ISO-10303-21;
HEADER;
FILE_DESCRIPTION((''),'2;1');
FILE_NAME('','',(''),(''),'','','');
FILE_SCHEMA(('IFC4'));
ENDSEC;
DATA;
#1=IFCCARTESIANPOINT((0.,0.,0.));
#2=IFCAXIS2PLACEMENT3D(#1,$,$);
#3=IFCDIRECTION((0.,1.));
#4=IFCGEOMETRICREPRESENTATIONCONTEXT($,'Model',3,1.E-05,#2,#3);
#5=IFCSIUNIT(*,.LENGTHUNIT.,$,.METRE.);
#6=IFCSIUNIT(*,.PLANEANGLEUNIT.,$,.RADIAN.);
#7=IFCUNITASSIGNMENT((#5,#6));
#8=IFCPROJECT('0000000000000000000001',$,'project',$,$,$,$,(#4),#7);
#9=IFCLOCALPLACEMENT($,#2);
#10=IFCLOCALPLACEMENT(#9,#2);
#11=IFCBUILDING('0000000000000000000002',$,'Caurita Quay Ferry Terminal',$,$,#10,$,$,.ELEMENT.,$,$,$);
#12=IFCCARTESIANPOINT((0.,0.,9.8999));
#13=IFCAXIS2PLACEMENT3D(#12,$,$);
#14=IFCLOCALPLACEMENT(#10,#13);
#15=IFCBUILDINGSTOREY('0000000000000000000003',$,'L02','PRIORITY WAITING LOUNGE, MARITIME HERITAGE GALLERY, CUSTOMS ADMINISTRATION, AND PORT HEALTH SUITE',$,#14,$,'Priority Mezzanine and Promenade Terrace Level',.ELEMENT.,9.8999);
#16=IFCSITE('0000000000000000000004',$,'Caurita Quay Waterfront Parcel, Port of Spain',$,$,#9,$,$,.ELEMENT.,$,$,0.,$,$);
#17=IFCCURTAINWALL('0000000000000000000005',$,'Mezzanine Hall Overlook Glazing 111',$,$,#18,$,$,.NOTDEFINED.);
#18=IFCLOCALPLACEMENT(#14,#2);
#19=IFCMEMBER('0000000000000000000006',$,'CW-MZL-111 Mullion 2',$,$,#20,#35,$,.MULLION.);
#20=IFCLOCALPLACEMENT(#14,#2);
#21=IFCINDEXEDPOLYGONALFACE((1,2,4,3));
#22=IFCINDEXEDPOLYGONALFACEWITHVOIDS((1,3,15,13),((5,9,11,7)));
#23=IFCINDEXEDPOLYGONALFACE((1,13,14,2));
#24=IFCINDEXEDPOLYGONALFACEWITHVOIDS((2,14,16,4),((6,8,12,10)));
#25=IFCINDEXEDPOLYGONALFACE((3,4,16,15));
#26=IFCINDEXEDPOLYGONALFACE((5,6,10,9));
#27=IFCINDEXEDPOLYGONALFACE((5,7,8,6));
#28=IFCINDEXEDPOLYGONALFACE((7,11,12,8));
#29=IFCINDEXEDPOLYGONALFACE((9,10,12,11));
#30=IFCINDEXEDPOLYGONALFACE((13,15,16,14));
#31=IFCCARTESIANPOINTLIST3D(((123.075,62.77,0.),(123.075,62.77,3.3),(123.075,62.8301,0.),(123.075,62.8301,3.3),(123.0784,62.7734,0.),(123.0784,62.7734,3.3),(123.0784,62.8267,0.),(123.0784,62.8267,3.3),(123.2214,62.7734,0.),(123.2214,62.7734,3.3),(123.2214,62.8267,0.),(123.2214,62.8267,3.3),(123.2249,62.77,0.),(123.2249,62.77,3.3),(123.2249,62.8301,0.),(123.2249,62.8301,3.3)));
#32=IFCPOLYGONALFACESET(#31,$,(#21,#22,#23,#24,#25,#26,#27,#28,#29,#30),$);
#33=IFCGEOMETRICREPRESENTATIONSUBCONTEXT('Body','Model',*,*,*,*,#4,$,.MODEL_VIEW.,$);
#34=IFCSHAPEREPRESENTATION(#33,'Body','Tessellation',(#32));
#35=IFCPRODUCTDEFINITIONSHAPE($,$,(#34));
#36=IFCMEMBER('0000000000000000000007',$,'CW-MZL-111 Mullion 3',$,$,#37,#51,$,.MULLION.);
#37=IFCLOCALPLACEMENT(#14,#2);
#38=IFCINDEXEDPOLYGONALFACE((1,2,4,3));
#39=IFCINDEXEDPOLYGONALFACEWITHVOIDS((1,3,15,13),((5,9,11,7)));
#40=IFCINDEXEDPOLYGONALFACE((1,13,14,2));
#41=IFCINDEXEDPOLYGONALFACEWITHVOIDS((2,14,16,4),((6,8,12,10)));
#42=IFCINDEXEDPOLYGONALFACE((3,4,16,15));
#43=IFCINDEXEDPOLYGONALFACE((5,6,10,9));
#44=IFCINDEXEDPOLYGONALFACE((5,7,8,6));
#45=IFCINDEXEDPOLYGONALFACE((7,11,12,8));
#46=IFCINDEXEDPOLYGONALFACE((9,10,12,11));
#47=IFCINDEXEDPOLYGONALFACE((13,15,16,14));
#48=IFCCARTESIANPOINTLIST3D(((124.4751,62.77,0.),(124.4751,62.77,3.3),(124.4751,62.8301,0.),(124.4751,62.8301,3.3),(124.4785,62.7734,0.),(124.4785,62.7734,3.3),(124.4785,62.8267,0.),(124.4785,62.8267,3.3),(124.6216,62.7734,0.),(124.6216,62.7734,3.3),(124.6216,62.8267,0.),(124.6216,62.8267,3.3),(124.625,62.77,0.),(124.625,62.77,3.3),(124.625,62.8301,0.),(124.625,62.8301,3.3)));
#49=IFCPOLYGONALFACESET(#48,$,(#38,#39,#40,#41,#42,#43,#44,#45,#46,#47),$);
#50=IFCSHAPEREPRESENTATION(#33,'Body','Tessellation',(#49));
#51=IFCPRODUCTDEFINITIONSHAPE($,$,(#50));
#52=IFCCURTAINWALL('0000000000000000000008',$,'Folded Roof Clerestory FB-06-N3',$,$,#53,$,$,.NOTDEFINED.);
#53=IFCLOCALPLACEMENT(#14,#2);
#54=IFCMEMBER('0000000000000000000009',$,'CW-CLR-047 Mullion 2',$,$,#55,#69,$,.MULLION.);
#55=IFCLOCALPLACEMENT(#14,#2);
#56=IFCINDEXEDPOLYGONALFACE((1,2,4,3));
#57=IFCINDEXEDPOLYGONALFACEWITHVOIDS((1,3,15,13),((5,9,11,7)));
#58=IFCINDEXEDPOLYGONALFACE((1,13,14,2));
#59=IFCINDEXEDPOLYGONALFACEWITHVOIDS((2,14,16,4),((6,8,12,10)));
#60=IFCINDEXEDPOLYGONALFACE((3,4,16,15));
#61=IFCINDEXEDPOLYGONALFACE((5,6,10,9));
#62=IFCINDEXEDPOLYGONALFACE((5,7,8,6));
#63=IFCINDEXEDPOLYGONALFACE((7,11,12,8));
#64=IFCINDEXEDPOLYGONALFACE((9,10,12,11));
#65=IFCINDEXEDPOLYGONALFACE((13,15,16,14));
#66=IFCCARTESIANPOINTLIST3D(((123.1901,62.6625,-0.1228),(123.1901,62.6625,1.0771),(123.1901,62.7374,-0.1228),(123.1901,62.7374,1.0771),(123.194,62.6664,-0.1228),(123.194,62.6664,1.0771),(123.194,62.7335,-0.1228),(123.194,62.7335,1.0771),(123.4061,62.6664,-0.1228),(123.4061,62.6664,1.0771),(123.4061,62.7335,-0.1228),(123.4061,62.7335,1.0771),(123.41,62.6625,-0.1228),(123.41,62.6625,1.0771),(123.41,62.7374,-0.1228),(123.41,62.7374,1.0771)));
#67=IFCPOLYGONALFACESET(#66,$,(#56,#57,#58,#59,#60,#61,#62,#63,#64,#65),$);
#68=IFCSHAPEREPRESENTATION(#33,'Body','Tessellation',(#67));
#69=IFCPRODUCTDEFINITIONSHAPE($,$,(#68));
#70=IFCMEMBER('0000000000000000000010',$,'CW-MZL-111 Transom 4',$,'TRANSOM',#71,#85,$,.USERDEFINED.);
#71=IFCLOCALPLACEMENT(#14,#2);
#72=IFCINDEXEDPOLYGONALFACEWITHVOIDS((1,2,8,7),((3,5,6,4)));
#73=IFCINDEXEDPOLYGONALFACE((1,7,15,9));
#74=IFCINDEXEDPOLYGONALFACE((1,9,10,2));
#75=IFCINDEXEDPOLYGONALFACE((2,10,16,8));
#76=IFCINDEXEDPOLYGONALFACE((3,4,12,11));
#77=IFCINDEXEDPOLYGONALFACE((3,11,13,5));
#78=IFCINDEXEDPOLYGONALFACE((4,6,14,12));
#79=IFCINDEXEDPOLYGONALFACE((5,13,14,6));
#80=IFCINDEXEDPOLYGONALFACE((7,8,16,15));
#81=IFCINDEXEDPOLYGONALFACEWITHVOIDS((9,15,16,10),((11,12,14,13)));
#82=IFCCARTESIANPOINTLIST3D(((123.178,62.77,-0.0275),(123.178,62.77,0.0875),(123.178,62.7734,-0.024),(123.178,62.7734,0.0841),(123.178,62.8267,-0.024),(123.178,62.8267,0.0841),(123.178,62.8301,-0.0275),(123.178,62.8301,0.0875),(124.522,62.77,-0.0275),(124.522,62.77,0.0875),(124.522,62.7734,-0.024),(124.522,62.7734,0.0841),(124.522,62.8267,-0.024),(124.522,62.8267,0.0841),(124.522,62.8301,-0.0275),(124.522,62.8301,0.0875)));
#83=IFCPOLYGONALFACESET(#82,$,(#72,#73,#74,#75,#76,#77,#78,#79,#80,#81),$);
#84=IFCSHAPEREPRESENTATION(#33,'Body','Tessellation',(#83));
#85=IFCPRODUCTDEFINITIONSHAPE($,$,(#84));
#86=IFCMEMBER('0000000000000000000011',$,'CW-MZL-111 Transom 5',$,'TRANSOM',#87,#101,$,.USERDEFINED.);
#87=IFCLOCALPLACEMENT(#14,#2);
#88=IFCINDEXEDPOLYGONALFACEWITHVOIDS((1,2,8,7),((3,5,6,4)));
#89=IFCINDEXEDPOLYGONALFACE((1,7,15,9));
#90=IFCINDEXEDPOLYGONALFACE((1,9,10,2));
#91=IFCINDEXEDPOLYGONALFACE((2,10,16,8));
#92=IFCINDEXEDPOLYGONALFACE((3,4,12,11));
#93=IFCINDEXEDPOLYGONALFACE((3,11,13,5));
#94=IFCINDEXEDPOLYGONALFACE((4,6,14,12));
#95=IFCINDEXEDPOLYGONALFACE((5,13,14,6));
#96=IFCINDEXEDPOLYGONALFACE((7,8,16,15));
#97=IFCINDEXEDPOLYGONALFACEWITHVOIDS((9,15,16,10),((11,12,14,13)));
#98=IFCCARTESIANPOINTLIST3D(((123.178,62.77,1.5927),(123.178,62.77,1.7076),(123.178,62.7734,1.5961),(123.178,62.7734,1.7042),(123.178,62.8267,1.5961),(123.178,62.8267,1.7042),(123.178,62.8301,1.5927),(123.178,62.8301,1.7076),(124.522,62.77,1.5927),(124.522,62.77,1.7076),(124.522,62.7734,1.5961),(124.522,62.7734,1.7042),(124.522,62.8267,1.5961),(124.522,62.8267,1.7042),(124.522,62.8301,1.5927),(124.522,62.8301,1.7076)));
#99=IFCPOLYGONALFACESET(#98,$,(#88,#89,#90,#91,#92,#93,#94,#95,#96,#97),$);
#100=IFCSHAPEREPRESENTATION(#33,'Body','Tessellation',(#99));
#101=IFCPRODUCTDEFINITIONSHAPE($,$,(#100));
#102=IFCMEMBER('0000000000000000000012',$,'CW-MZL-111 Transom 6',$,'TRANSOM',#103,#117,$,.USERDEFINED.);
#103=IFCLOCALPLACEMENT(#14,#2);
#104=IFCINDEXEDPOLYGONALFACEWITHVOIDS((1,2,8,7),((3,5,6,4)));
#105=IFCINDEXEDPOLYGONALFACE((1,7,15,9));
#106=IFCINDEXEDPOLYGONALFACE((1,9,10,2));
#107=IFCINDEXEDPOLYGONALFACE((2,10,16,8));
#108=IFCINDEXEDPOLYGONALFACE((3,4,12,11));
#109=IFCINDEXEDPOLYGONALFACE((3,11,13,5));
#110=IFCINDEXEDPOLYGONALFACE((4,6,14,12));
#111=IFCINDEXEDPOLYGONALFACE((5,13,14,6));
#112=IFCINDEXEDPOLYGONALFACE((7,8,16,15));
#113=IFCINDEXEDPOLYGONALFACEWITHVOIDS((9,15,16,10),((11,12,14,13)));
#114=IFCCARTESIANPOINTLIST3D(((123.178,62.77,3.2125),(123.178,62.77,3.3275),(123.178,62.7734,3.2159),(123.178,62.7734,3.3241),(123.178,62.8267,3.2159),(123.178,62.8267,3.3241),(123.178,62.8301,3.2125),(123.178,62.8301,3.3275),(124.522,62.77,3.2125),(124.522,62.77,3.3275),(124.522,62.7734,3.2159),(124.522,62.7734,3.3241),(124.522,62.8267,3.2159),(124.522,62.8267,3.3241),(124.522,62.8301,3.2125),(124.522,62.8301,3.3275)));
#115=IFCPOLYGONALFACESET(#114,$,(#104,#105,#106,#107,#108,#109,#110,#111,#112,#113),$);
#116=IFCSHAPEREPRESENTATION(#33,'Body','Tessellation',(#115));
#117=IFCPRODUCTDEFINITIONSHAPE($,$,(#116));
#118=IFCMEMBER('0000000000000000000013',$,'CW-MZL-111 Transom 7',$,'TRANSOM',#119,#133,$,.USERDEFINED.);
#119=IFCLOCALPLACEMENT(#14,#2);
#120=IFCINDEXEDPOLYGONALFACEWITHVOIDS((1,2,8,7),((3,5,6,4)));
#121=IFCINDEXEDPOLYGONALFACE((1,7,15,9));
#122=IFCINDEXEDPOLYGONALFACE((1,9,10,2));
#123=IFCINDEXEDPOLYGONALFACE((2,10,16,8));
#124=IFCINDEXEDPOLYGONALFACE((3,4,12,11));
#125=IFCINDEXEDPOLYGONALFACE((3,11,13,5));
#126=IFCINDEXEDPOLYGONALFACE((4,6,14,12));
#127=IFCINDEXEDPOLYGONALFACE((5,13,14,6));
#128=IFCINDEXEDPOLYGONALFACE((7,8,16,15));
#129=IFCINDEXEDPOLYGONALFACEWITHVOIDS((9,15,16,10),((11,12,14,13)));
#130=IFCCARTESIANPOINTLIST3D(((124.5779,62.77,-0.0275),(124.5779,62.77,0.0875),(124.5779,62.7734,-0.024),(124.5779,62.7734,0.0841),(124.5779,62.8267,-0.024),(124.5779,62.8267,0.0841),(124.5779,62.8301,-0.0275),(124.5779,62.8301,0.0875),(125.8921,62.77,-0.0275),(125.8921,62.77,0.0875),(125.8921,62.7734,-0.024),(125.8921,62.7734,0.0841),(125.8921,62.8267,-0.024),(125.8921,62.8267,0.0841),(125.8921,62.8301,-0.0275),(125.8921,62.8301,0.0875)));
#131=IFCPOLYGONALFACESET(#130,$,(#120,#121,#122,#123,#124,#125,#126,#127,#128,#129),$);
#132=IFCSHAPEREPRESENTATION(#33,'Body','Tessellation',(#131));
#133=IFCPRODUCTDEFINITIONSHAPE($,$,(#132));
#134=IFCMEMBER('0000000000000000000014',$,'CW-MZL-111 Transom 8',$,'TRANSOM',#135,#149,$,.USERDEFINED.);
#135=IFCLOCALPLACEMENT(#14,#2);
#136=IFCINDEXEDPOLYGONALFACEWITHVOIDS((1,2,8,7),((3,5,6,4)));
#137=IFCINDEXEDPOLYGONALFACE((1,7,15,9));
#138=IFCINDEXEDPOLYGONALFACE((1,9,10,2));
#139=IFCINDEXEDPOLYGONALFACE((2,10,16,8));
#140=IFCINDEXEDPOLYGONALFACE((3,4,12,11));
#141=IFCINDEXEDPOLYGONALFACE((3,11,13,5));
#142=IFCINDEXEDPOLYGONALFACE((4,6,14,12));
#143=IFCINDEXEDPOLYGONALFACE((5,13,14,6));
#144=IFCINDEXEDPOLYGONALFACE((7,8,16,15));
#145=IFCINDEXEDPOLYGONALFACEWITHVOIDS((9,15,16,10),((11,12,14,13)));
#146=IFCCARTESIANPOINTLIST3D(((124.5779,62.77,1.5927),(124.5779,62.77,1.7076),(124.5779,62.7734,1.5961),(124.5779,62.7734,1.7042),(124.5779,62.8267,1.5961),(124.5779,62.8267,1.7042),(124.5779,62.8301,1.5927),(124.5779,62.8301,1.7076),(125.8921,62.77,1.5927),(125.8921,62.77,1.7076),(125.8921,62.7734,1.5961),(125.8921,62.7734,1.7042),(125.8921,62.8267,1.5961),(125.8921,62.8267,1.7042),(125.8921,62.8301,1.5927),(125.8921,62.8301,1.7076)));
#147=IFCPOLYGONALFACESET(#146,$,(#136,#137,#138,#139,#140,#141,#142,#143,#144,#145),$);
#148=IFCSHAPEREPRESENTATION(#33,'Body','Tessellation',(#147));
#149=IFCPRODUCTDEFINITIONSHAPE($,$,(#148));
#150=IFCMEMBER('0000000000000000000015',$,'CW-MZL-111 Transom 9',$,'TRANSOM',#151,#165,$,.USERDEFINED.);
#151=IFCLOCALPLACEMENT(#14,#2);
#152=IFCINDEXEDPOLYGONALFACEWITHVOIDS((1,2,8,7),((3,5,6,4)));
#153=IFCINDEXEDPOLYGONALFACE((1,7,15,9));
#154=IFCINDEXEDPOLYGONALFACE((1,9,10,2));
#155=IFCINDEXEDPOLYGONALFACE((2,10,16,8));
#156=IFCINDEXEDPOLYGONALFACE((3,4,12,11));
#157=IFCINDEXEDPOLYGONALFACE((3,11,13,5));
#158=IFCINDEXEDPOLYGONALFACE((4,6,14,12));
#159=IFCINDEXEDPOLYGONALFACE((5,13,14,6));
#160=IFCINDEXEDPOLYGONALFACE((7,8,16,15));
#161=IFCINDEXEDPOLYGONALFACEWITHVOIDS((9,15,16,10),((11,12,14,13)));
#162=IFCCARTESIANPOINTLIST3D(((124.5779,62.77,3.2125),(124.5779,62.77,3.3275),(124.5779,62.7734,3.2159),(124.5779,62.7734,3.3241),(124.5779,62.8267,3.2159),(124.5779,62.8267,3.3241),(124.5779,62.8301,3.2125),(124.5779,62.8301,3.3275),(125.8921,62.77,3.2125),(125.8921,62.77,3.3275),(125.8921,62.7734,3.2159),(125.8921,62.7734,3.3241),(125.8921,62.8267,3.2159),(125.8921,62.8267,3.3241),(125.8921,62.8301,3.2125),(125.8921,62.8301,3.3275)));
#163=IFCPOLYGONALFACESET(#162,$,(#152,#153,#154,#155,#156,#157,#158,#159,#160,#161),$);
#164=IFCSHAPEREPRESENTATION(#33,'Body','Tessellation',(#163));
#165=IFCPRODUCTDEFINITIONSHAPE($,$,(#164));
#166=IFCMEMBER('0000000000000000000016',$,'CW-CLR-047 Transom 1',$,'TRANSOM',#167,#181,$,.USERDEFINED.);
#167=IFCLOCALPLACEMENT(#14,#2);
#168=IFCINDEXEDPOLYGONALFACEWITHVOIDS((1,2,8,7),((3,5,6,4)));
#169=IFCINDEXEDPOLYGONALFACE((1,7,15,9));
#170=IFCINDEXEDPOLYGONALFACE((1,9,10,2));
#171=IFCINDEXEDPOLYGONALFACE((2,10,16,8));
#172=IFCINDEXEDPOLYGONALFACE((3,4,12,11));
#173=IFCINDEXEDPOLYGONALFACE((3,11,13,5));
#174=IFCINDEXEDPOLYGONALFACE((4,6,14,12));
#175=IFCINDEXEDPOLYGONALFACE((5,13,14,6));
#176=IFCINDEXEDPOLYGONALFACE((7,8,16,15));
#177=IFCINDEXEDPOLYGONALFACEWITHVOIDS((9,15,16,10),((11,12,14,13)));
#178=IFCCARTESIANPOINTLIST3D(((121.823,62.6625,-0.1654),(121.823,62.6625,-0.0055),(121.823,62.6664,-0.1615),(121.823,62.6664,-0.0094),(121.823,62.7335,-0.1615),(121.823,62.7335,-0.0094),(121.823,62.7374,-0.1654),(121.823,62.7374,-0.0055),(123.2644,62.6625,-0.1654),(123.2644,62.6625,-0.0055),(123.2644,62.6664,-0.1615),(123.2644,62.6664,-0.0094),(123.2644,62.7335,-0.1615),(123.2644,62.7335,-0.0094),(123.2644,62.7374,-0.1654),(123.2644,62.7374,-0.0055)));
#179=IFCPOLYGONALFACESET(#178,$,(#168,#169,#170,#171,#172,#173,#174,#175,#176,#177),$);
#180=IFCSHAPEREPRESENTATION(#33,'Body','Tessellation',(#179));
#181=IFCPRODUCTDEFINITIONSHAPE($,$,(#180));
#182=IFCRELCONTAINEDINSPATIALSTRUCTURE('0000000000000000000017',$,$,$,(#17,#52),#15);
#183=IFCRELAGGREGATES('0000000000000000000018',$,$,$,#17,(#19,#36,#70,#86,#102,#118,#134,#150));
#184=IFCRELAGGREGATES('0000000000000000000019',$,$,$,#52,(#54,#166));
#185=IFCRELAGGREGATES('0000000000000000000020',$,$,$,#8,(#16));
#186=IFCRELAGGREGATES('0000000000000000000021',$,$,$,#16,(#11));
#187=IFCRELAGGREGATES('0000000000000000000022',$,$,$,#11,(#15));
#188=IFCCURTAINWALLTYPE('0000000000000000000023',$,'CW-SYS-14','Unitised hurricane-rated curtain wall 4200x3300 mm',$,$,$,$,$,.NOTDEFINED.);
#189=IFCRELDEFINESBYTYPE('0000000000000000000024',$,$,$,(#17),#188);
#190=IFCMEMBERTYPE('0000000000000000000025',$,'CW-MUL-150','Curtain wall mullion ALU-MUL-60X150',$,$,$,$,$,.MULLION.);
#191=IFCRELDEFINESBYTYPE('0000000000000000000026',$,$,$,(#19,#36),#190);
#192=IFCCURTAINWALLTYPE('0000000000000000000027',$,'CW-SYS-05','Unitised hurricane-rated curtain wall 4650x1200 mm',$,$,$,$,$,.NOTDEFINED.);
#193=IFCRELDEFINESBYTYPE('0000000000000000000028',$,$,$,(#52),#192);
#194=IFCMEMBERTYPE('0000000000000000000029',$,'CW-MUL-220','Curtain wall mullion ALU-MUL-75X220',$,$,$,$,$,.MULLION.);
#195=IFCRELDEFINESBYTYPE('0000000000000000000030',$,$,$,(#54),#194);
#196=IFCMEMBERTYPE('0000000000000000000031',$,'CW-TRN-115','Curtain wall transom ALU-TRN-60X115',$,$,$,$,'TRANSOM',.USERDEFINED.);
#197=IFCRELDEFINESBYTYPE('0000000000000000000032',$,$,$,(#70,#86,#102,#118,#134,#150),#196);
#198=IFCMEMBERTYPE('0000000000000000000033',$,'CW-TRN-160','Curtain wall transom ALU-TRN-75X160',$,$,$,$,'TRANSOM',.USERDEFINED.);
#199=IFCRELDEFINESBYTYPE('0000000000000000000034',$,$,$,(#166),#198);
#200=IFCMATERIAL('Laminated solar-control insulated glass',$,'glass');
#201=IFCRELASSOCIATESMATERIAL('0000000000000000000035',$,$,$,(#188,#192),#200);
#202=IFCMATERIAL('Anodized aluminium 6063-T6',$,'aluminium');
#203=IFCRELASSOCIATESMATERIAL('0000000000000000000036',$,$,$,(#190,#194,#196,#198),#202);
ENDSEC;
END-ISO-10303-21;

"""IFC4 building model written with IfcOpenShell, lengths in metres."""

from ifc_helpers import new_model, si_unit, direction, frame, origin, origin_2d, place, context, subcontext, project, spatial, hollow_rectangle, extrude, material, material_profile, profile_set, type_object, element, aggregate, save


model = new_model("IFC4")

# Units and contexts
model_context = context("Model", 3, precision=1e-05, world=origin(), true_north=direction((0.0, 1.0)))
body_context = subcontext(model_context, "Body", "Model", "MODEL_VIEW")
ifc_project = project(units=[si_unit("LENGTHUNIT", "METRE"), si_unit("PLANEANGLEUNIT", "RADIAN")], contexts=[model_context])

# Site, building, storey
site_placement = place(None, origin())
site = spatial("IfcSite", under=ifc_project, at=site_placement, Name="Caurita Quay Waterfront Parcel, Port of Spain", CompositionType="ELEMENT", RefElevation=0.0)
building_placement = place(site_placement, origin())
building = spatial("IfcBuilding", under=site, at=building_placement, Name="Caurita Quay Ferry Terminal", CompositionType="ELEMENT")
storey_placement = place(building_placement, frame((0.0, 0.0, 9.8999)))
storey = spatial("IfcBuildingStorey", under=building, at=storey_placement, Name="L02", Description="PRIORITY WAITING LOUNGE, MARITIME HERITAGE GALLERY, CUSTOMS ADMINISTRATION, AND PORT HEALTH SUITE", LongName="Priority Mezzanine and Promenade Terrace Level", CompositionType="ELEMENT", Elevation=9.8999)

# Curtain wall, members
ifc_material_1 = material(Name="Laminated solar-control insulated glass", Category="glass")
curtain_wall_type_1 = type_object("IfcCurtainWallType", Name="CW-SYS-14", Description="Unitised hurricane-rated curtain wall 4200x3300 mm", PredefinedType="NOTDEFINED", material=ifc_material_1)
curtain_wall_1_placement = place(storey_placement, origin())
curtain_wall_1 = element("IfcCurtainWall", 1, at=curtain_wall_1_placement, inside=storey, type_object=curtain_wall_type_1, Name="Mezzanine Hall Overlook Glazing 111", PredefinedType="NOTDEFINED")
ifc_material_2 = material(Name="Anodized aluminium 6063-T6", Category="aluminium")
ifc_material_profile_1 = material_profile(ifc_material_2, hollow_rectangle(XDim=0.0601, YDim=0.1499, WallThickness=0.0034, at=origin_2d()), Name="ALU-MUL-60X150")
ifc_profile_set_1 = profile_set([ifc_material_profile_1], Name="Anodized aluminium 6063-T6")
member_type_1 = type_object("IfcMemberType", Name="CW-MUL-150", Description="Curtain wall mullion ALU-MUL-60X150", PredefinedType="MULLION", material=ifc_profile_set_1)
member_1_placement = place(storey_placement, frame((123.1499, 62.8, 0.0), z_axis=(0.0, 0.0, 1.0), x_axis=(0.0, 1.0, 0.0)))
member_1 = element("IfcMember", 2, at=member_1_placement, type_object=member_type_1, Name="CW-MZL-111 Mullion 2", PredefinedType="MULLION", context=body_context, shape_type="SweptSolid", body=[
    extrude(hollow_rectangle(XDim=0.0601, YDim=0.1499, WallThickness=0.0034, at=origin_2d()), origin(), (0.0, 0.0, 1.0), 3.3),
])
member_2_placement = place(storey_placement, frame((124.55, 62.8, 0.0), z_axis=(0.0, 0.0, 1.0), x_axis=(0.0, 1.0, 0.0)))
member_2 = element("IfcMember", 3, at=member_2_placement, type_object=member_type_1, Name="CW-MZL-111 Mullion 3", PredefinedType="MULLION", context=body_context, shape_type="SweptSolid", body=[
    extrude(hollow_rectangle(XDim=0.0601, YDim=0.1499, WallThickness=0.0034, at=origin_2d()), origin(), (0.0, 0.0, 1.0), 3.3),
])

# Curtain wall, member
curtain_wall_type_2 = type_object("IfcCurtainWallType", Name="CW-SYS-05", Description="Unitised hurricane-rated curtain wall 4650x1200 mm", PredefinedType="NOTDEFINED", material=ifc_material_1)
curtain_wall_2_placement = place(storey_placement, origin())
curtain_wall_2 = element("IfcCurtainWall", 4, at=curtain_wall_2_placement, inside=storey, type_object=curtain_wall_type_2, Name="Folded Roof Clerestory FB-06-N3", PredefinedType="NOTDEFINED")
ifc_material_profile_2 = material_profile(ifc_material_2, hollow_rectangle(XDim=0.075, YDim=0.22, WallThickness=0.0039, at=origin_2d()), Name="ALU-MUL-75X220")
ifc_profile_set_2 = profile_set([ifc_material_profile_2], Name="Anodized aluminium 6063-T6")
member_type_2 = type_object("IfcMemberType", Name="CW-MUL-220", Description="Curtain wall mullion ALU-MUL-75X220", PredefinedType="MULLION", material=ifc_profile_set_2)
member_3_placement = place(storey_placement, frame((123.3, 62.7, -0.1228), z_axis=(0.0, 0.0, 1.0), x_axis=(0.0, 1.0, 0.0)))
member_3 = element("IfcMember", 5, at=member_3_placement, type_object=member_type_2, Name="CW-CLR-047 Mullion 2", PredefinedType="MULLION", context=body_context, shape_type="SweptSolid", body=[
    extrude(hollow_rectangle(XDim=0.075, YDim=0.22, WallThickness=0.0039, at=origin_2d()), origin(), (0.0, 0.0, 1.0), 1.2),
])

# Members
ifc_material_profile_3 = material_profile(ifc_material_2, hollow_rectangle(XDim=0.0601, YDim=0.115, WallThickness=0.0034, at=origin_2d()), Name="ALU-TRN-60X115")
ifc_profile_set_3 = profile_set([ifc_material_profile_3], Name="Anodized aluminium 6063-T6")
member_type_3 = type_object("IfcMemberType", Name="CW-TRN-115", Description="Curtain wall transom ALU-TRN-60X115", ElementType="TRANSOM", PredefinedType="USERDEFINED", material=ifc_profile_set_3)
member_4_placement = place(storey_placement, frame((123.178, 62.8, 0.03), z_axis=(1.0, 0.0, 0.0), x_axis=(0.0, 1.0, 0.0)))
member_4 = element("IfcMember", 6, at=member_4_placement, type_object=member_type_3, Name="CW-MZL-111 Transom 4", ObjectType="TRANSOM", PredefinedType="USERDEFINED", context=body_context, shape_type="SweptSolid", body=[
    extrude(hollow_rectangle(XDim=0.0601, YDim=0.115, WallThickness=0.0034, at=origin_2d()), origin(), (0.0, 0.0, 1.0), 1.344),
])
member_5_placement = place(storey_placement, frame((123.178, 62.8, 1.6501), z_axis=(1.0, 0.0, 0.0), x_axis=(0.0, 1.0, 0.0)))
member_5 = element("IfcMember", 7, at=member_5_placement, type_object=member_type_3, Name="CW-MZL-111 Transom 5", ObjectType="TRANSOM", PredefinedType="USERDEFINED", context=body_context, shape_type="SweptSolid", body=[
    extrude(hollow_rectangle(XDim=0.0601, YDim=0.115, WallThickness=0.0034, at=origin_2d()), origin(), (0.0, 0.0, 1.0), 1.344),
])
member_6_placement = place(storey_placement, frame((123.178, 62.8, 3.27), z_axis=(1.0, 0.0, 0.0), x_axis=(0.0, 1.0, 0.0)))
member_6 = element("IfcMember", 8, at=member_6_placement, type_object=member_type_3, Name="CW-MZL-111 Transom 6", ObjectType="TRANSOM", PredefinedType="USERDEFINED", context=body_context, shape_type="SweptSolid", body=[
    extrude(hollow_rectangle(XDim=0.0601, YDim=0.115, WallThickness=0.0034, at=origin_2d()), origin(), (0.0, 0.0, 1.0), 1.344),
])
member_7_placement = place(storey_placement, frame((124.5779, 62.8, 0.03), z_axis=(1.0, 0.0, 0.0), x_axis=(0.0, 1.0, 0.0)))
member_7 = element("IfcMember", 9, at=member_7_placement, type_object=member_type_3, Name="CW-MZL-111 Transom 7", ObjectType="TRANSOM", PredefinedType="USERDEFINED", context=body_context, shape_type="SweptSolid", body=[
    extrude(hollow_rectangle(XDim=0.0601, YDim=0.115, WallThickness=0.0034, at=origin_2d()), origin(), (0.0, 0.0, 1.0), 1.3142),
])
member_8_placement = place(storey_placement, frame((124.5779, 62.8, 1.6501), z_axis=(1.0, 0.0, 0.0), x_axis=(0.0, 1.0, 0.0)))
member_8 = element("IfcMember", 10, at=member_8_placement, type_object=member_type_3, Name="CW-MZL-111 Transom 8", ObjectType="TRANSOM", PredefinedType="USERDEFINED", context=body_context, shape_type="SweptSolid", body=[
    extrude(hollow_rectangle(XDim=0.0601, YDim=0.115, WallThickness=0.0034, at=origin_2d()), origin(), (0.0, 0.0, 1.0), 1.3142),
])
member_9_placement = place(storey_placement, frame((124.5779, 62.8, 3.27), z_axis=(1.0, 0.0, 0.0), x_axis=(0.0, 1.0, 0.0)))
member_9 = element("IfcMember", 11, at=member_9_placement, type_object=member_type_3, Name="CW-MZL-111 Transom 9", ObjectType="TRANSOM", PredefinedType="USERDEFINED", context=body_context, shape_type="SweptSolid", body=[
    extrude(hollow_rectangle(XDim=0.0601, YDim=0.115, WallThickness=0.0034, at=origin_2d()), origin(), (0.0, 0.0, 1.0), 1.3142),
])
ifc_material_profile_4 = material_profile(ifc_material_2, hollow_rectangle(XDim=0.075, YDim=0.1599, WallThickness=0.0039, at=origin_2d()), Name="ALU-TRN-75X160")
ifc_profile_set_4 = profile_set([ifc_material_profile_4], Name="Anodized aluminium 6063-T6")
member_type_4 = type_object("IfcMemberType", Name="CW-TRN-160", Description="Curtain wall transom ALU-TRN-75X160", ElementType="TRANSOM", PredefinedType="USERDEFINED", material=ifc_profile_set_4)
member_10_placement = place(storey_placement, frame((121.823, 62.7, -0.0854), z_axis=(1.0, 0.0, 0.0), x_axis=(0.0, 1.0, 0.0)))
member_10 = element("IfcMember", 12, at=member_10_placement, type_object=member_type_4, Name="CW-CLR-047 Transom 1", ObjectType="TRANSOM", PredefinedType="USERDEFINED", context=body_context, shape_type="SweptSolid", body=[
    extrude(hollow_rectangle(XDim=0.075, YDim=0.1599, WallThickness=0.0039, at=origin_2d()), origin(), (0.0, 0.0, 1.0), 1.4414),
])

aggregate(curtain_wall_1, [member_1, member_2, member_4, member_5, member_6, member_7, member_8, member_9])
aggregate(curtain_wall_2, [member_3, member_10])

save(model, "model.ifc")
